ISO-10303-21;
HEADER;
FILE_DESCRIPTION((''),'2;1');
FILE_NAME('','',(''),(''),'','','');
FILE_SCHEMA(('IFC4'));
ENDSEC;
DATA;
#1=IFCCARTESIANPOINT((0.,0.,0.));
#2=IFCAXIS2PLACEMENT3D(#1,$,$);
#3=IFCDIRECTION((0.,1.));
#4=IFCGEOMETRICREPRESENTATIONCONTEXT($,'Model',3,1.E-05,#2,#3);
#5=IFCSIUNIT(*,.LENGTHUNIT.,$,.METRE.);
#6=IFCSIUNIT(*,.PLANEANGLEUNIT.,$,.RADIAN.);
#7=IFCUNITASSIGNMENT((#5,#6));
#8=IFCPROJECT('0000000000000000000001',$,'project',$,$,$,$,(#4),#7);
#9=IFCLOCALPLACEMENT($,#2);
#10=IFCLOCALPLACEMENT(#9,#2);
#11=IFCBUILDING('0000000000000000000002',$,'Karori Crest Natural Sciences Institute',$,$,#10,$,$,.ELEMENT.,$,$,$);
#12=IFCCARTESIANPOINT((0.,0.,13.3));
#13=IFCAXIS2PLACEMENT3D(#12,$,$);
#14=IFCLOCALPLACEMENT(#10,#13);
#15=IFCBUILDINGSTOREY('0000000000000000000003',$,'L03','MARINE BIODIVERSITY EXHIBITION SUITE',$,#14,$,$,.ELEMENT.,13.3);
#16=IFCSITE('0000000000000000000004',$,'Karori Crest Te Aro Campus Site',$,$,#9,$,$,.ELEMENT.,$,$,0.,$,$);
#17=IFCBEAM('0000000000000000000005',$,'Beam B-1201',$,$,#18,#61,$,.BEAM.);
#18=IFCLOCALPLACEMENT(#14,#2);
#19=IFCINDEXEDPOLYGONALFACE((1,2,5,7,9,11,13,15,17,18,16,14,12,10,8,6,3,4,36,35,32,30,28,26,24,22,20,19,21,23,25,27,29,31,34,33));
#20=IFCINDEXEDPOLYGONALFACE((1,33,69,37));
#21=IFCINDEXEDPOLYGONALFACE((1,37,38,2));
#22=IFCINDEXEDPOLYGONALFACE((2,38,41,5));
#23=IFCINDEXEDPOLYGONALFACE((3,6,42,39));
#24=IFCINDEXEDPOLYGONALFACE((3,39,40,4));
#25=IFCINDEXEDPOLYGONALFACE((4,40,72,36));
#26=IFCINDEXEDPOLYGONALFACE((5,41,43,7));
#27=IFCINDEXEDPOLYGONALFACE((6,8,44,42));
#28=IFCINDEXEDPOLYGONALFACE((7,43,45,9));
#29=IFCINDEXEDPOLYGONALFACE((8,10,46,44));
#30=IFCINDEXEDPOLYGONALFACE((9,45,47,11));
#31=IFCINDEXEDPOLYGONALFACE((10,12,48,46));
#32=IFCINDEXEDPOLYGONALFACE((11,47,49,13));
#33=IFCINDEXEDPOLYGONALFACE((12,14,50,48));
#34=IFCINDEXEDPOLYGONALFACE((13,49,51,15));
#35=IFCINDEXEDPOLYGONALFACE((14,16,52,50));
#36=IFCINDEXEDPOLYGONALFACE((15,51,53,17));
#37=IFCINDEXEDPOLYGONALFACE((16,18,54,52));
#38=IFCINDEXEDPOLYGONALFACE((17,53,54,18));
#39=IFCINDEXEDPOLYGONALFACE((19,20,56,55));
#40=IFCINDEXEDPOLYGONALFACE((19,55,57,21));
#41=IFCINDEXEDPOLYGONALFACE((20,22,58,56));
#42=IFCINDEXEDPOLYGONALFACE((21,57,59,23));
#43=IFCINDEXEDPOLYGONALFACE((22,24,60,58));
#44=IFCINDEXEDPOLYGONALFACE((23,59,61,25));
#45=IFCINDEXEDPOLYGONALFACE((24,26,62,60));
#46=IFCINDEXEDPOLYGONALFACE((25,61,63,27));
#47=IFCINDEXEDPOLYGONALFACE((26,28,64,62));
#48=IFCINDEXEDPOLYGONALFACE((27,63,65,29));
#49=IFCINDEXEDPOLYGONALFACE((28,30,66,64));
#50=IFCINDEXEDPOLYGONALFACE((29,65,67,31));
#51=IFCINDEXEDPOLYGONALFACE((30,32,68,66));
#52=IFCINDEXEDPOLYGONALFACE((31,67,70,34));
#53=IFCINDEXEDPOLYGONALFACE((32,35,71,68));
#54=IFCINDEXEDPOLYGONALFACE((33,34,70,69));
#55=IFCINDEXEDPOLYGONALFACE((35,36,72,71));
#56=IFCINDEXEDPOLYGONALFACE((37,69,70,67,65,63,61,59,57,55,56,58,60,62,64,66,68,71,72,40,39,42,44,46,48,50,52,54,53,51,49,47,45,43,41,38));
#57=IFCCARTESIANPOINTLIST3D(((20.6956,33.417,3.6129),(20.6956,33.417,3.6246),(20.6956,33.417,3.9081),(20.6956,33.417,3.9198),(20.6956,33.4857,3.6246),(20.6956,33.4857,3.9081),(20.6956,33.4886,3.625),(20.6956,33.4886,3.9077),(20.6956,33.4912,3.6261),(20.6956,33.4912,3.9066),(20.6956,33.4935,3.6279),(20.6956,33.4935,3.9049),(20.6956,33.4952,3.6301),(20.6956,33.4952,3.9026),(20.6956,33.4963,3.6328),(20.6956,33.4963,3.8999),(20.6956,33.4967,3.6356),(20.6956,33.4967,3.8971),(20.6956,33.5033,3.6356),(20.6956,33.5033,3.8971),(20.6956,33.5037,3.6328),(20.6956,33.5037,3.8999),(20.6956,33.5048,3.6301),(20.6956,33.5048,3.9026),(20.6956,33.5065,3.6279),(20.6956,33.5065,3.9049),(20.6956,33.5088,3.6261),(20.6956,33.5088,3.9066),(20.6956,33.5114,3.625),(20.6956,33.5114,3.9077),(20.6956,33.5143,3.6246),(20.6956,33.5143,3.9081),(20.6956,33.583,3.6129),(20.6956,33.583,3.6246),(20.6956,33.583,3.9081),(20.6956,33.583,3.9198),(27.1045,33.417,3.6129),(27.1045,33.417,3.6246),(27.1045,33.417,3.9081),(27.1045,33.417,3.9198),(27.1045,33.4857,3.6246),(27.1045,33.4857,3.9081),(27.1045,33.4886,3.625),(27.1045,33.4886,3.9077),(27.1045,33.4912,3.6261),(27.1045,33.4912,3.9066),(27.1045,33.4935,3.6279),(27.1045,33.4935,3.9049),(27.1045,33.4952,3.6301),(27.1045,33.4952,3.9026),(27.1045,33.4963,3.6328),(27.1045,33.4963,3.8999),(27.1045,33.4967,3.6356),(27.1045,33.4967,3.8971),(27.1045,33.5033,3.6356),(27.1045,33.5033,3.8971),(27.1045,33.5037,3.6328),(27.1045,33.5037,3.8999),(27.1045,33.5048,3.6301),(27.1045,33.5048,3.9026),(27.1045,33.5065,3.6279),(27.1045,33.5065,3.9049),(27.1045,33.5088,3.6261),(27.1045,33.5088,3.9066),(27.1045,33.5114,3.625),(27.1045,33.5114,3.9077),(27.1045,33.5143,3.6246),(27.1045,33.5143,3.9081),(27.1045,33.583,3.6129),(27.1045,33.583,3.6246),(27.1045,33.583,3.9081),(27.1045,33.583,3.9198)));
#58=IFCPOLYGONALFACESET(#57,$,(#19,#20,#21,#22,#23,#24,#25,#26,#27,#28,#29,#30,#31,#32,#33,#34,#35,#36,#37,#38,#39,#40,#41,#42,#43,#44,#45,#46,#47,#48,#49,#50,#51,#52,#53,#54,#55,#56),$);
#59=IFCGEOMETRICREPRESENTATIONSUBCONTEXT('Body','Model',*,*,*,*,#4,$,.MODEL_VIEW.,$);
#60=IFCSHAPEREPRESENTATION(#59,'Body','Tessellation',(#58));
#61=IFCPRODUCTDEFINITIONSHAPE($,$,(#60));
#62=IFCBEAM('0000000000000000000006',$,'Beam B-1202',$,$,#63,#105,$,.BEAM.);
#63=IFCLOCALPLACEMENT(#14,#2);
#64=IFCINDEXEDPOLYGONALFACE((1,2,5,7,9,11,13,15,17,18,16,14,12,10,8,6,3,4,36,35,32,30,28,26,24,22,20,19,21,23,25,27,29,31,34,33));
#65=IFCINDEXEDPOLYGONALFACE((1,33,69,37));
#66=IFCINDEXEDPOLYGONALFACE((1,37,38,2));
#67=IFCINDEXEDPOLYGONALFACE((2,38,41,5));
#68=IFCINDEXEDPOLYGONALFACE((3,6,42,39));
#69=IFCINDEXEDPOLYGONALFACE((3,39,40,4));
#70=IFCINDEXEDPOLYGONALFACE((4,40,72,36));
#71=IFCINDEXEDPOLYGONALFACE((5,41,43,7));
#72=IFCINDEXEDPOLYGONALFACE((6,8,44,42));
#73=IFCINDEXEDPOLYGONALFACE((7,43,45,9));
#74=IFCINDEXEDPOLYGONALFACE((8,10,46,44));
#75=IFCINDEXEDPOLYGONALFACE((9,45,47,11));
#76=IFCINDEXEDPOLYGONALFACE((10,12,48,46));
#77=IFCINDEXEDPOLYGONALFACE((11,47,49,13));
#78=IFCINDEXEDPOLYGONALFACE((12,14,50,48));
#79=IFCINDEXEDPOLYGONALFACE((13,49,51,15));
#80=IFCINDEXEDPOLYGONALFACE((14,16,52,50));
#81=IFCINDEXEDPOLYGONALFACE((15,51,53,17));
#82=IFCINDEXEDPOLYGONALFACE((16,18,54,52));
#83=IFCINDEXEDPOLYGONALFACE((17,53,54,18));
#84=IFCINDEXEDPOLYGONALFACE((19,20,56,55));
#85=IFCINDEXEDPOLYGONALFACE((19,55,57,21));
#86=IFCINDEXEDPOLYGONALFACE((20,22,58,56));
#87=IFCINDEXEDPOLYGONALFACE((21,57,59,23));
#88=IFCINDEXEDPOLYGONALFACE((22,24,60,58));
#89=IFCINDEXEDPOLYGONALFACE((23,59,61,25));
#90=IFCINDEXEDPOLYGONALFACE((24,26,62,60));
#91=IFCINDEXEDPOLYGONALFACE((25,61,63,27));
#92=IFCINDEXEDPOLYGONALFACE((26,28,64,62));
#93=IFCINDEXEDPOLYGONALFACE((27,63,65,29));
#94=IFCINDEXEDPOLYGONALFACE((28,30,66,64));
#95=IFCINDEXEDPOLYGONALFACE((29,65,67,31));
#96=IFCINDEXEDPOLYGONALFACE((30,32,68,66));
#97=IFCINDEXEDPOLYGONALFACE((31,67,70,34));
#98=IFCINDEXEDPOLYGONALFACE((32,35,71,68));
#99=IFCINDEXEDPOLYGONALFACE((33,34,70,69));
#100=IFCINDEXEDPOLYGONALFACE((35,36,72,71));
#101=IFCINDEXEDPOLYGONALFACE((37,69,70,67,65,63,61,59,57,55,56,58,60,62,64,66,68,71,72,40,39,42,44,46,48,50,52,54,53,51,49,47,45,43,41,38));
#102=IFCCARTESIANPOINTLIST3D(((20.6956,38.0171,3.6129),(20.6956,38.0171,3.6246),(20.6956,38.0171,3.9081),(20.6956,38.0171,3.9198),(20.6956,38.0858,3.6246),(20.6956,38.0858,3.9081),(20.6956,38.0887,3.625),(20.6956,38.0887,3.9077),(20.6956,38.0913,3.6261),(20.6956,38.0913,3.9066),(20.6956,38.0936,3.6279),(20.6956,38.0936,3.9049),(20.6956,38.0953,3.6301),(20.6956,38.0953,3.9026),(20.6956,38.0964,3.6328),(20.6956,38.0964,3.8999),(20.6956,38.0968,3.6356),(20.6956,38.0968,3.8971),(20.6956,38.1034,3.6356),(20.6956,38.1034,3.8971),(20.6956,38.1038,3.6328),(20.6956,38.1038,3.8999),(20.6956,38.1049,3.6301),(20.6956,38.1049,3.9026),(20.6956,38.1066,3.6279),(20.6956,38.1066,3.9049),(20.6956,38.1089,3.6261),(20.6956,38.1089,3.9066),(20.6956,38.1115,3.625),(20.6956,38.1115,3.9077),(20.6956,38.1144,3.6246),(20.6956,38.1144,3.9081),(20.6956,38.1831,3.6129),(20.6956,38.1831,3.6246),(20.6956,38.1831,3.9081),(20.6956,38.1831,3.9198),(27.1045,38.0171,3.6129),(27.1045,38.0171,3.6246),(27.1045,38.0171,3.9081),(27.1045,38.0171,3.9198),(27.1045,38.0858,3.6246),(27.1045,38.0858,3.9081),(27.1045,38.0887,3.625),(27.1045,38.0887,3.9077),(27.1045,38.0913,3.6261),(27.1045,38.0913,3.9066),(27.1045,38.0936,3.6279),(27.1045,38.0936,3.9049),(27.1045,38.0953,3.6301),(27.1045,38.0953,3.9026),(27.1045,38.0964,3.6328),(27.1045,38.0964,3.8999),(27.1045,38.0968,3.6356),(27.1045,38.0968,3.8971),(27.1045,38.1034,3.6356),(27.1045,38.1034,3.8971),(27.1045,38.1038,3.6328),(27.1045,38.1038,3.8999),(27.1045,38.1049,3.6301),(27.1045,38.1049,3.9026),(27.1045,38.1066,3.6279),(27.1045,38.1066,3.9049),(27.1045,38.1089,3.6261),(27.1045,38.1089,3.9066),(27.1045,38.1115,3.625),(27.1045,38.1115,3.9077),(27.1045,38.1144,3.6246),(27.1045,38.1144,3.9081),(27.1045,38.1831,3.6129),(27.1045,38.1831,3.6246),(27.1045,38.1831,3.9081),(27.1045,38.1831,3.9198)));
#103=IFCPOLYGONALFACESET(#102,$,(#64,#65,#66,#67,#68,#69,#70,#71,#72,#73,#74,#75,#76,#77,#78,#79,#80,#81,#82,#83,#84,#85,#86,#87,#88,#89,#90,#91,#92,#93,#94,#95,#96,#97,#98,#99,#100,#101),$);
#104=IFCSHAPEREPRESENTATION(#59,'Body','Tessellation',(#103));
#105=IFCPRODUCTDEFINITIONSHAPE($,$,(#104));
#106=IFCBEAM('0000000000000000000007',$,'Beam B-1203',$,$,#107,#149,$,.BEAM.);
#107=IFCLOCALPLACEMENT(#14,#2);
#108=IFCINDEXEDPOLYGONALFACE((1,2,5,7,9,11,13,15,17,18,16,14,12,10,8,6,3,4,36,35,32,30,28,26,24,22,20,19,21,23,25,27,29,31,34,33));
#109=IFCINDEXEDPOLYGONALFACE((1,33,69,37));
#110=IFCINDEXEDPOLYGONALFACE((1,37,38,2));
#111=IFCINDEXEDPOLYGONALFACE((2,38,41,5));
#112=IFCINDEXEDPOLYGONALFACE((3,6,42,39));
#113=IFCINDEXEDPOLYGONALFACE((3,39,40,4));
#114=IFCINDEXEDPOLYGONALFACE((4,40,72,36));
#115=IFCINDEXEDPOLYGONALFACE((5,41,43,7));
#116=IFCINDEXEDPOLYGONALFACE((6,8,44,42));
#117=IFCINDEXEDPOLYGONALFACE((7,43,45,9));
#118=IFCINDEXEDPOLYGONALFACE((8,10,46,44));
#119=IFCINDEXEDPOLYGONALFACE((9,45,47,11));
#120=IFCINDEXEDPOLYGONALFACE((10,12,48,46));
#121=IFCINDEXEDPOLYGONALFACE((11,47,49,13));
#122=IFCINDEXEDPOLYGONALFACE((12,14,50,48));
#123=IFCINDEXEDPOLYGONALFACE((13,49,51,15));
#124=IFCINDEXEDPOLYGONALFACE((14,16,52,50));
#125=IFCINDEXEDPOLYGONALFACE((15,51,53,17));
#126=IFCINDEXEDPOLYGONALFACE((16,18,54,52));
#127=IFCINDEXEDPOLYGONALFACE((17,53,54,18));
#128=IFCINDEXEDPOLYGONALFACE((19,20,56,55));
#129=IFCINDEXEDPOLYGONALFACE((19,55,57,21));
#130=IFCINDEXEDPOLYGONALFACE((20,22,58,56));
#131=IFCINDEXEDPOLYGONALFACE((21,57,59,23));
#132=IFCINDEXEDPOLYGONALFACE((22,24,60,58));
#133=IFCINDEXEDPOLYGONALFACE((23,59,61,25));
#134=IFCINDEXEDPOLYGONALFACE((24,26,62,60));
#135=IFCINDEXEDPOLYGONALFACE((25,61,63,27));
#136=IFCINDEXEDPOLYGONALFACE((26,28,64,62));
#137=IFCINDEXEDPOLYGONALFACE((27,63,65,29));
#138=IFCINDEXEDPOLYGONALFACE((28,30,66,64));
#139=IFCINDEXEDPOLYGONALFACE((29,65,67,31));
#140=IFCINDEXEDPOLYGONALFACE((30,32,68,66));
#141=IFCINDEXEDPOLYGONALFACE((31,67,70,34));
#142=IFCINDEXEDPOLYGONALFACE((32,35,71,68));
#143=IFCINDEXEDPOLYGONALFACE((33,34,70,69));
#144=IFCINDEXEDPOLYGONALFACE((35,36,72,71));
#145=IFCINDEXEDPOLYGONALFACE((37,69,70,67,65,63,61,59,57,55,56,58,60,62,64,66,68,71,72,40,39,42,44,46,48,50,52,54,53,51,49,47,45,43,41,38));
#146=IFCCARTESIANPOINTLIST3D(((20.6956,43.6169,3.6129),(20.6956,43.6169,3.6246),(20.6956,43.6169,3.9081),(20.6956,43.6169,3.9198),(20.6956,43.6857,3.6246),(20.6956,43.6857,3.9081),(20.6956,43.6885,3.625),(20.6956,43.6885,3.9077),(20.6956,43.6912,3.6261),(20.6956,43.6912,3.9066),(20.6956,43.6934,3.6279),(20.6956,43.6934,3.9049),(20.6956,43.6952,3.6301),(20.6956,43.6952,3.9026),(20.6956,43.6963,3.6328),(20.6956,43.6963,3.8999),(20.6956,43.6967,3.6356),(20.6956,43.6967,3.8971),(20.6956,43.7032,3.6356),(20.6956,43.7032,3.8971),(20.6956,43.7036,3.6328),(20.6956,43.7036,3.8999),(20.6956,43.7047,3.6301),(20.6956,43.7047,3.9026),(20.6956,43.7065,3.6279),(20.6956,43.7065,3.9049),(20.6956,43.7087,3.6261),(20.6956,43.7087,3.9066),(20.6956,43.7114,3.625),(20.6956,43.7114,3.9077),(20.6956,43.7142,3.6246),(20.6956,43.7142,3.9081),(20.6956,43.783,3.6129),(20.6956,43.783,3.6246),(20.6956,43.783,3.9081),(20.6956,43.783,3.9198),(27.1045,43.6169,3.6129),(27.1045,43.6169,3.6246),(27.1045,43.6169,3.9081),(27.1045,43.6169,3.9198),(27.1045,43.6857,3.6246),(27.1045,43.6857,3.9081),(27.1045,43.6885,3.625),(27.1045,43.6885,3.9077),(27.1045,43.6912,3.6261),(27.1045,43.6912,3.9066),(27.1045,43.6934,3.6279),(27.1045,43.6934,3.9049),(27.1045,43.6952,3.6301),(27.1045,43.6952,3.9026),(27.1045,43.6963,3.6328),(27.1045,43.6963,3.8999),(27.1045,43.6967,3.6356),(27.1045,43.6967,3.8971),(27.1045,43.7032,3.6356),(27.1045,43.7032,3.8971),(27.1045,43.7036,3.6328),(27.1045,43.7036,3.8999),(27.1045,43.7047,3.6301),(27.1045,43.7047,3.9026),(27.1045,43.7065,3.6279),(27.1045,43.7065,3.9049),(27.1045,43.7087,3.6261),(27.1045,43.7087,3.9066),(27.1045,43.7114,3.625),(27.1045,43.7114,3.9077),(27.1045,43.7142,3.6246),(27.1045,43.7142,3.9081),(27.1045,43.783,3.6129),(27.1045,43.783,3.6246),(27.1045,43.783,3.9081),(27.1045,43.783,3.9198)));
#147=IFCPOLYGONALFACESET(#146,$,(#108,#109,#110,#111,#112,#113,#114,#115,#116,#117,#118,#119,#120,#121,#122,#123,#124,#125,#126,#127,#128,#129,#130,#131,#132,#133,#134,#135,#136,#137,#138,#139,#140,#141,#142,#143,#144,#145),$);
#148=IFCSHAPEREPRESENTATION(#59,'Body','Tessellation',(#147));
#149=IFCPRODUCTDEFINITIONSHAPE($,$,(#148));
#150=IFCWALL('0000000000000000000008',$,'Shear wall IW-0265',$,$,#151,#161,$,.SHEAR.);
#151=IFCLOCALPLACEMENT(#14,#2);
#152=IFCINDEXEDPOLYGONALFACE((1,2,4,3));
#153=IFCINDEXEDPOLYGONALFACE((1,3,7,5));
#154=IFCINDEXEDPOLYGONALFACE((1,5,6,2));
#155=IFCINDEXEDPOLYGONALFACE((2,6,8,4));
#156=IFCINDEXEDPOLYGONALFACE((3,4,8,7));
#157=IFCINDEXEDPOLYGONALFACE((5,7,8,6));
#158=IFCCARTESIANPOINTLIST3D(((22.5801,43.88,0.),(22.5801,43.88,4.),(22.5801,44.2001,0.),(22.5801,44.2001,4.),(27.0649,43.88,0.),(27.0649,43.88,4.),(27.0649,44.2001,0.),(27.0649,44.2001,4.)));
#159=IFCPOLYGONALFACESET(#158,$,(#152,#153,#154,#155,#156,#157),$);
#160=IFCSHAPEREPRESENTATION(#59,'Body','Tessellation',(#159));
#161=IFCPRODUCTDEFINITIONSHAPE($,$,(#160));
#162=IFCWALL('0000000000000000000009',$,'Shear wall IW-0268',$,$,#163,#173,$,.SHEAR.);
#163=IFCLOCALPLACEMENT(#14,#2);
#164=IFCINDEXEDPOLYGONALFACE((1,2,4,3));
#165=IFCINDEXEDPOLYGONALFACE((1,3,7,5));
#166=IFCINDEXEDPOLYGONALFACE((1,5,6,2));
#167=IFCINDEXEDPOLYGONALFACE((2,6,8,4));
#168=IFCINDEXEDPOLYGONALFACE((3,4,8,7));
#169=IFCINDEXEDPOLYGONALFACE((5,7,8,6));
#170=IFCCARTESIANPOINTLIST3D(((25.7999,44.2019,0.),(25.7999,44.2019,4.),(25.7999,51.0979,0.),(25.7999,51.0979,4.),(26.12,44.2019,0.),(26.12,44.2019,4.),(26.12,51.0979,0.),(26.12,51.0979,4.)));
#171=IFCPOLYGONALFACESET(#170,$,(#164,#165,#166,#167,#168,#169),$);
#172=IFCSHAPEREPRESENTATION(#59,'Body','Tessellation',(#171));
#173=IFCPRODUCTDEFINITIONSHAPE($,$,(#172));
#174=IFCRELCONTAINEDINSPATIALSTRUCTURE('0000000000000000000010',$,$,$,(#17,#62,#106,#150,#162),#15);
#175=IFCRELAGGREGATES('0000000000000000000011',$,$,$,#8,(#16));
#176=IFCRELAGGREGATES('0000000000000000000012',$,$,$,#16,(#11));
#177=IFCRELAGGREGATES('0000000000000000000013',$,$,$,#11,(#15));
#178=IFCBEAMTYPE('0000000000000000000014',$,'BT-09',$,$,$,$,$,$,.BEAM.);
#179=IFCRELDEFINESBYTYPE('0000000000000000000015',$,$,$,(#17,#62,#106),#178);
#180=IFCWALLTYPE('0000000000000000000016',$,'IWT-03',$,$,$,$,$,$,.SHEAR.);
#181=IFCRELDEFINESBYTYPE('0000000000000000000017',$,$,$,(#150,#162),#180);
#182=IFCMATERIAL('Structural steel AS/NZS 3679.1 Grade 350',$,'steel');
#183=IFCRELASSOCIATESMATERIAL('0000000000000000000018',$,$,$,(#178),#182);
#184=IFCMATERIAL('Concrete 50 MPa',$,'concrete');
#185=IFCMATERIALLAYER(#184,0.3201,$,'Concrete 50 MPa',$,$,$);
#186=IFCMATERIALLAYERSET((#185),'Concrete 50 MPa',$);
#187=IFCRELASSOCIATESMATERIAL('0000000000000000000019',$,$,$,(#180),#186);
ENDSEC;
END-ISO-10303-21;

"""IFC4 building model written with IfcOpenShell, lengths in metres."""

from ifc_helpers import new_model, si_unit, direction, frame, frame_2d, origin, origin_2d, place, context, subcontext, project, spatial, rectangle, i_section, extrude, material, layer, layer_set, material_profile, profile_set, type_object, element, save


model = new_model("IFC4")

# Units and contexts
model_context = context("Model", 3, precision=1e-05, world=origin(), true_north=direction((0.0, 1.0)))
body_context = subcontext(model_context, "Body", "Model", "MODEL_VIEW")
ifc_project = project(units=[si_unit("LENGTHUNIT", "METRE"), si_unit("PLANEANGLEUNIT", "RADIAN")], contexts=[model_context])

# Site, building, storey
site_placement = place(None, origin())
site = spatial("IfcSite", under=ifc_project, at=site_placement, Name="Karori Crest Te Aro Campus Site", CompositionType="ELEMENT", RefElevation=0.0)
building_placement = place(site_placement, origin())
building = spatial("IfcBuilding", under=site, at=building_placement, Name="Karori Crest Natural Sciences Institute", CompositionType="ELEMENT")
storey_placement = place(building_placement, frame((0.0, 0.0, 13.3)))
storey = spatial("IfcBuildingStorey", under=building, at=storey_placement, Name="L03", Description="MARINE BIODIVERSITY EXHIBITION SUITE", CompositionType="ELEMENT", Elevation=13.3)

# Beams
ifc_material_1 = material(Name="Structural steel AS/NZS 3679.1 Grade 350", Category="steel")
ifc_material_profile_1 = material_profile(ifc_material_1, i_section(OverallWidth=0.166, OverallDepth=0.3069, WebThickness=0.0066, FlangeThickness=0.0117, FilletRadius=0.011, at=origin_2d()), Name="310UB46.2")
ifc_profile_set_1 = profile_set([ifc_material_profile_1], Name="Structural steel AS/NZS 3679.1 Grade 350")
beam_type_1 = type_object("IfcBeamType", Name="BT-09", PredefinedType="BEAM", material=ifc_profile_set_1)
for number, where, z_axis, x_axis, name in (
    (1, (20.6956, 33.5, 3.7664), (1.0, 0.0, 0.0), (0.0, 1.0, 0.0), "Beam B-1201"),
    (2, (20.6956, 38.1001, 3.7664), (1.0, 0.0, 0.0), (0.0, 1.0, 0.0), "Beam B-1202"),
    (3, (20.6956, 43.7, 3.7664), (1.0, 0.0, 0.0), (0.0, 1.0, 0.0), "Beam B-1203"),
):
    element("IfcBeam", number, at=place(storey_placement, frame(where, z_axis=z_axis, x_axis=x_axis)), inside=storey, type_object=beam_type_1, Name=name, PredefinedType="BEAM", context=body_context, shape_type="SweptSolid", body=[
        extrude(i_section(OverallWidth=0.166, OverallDepth=0.3069, WebThickness=0.0066, FlangeThickness=0.0117, FilletRadius=0.011, at=origin_2d()), origin(), (0.0, 0.0, 1.0), 6.4089),
    ])

# Wall
ifc_material_2 = material(Name="Concrete 50 MPa", Category="concrete")
ifc_layer_1 = layer(ifc_material_2, 0.3201, Name="Concrete 50 MPa")
ifc_layer_set_1 = layer_set([ifc_layer_1], Name="Concrete 50 MPa")
wall_type_1 = type_object("IfcWallType", Name="IWT-03", PredefinedType="SHEAR", material=ifc_layer_set_1)
wall_1_placement = place(storey_placement, frame((22.5801, 44.04, 0.0), z_axis=(0.0, 0.0, 1.0), x_axis=(1.0, 0.0, 0.0)))
element("IfcWall", 4, at=wall_1_placement, inside=storey, type_object=wall_type_1, Name="Shear wall IW-0265", PredefinedType="SHEAR", context=body_context, shape_type="SweptSolid", body=[
    extrude(rectangle(XDim=4.4849, YDim=0.3201, at=frame_2d((2.2424, 0.0))), origin(), (0.0, 0.0, 1.0), 4.0),
])

# Wall
wall_2_placement = place(storey_placement, frame((25.96, 44.2019, 0.0), z_axis=(0.0, 0.0, 1.0), x_axis=(0.0, 1.0, 0.0)))
element("IfcWall", 5, at=wall_2_placement, inside=storey, type_object=wall_type_1, Name="Shear wall IW-0268", PredefinedType="SHEAR", context=body_context, shape_type="SweptSolid", body=[
    extrude(rectangle(XDim=6.896, YDim=0.3201, at=frame_2d((3.448, 0.0))), origin(), (0.0, 0.0, 1.0), 4.0),
])

save(model, "model.ifc")
